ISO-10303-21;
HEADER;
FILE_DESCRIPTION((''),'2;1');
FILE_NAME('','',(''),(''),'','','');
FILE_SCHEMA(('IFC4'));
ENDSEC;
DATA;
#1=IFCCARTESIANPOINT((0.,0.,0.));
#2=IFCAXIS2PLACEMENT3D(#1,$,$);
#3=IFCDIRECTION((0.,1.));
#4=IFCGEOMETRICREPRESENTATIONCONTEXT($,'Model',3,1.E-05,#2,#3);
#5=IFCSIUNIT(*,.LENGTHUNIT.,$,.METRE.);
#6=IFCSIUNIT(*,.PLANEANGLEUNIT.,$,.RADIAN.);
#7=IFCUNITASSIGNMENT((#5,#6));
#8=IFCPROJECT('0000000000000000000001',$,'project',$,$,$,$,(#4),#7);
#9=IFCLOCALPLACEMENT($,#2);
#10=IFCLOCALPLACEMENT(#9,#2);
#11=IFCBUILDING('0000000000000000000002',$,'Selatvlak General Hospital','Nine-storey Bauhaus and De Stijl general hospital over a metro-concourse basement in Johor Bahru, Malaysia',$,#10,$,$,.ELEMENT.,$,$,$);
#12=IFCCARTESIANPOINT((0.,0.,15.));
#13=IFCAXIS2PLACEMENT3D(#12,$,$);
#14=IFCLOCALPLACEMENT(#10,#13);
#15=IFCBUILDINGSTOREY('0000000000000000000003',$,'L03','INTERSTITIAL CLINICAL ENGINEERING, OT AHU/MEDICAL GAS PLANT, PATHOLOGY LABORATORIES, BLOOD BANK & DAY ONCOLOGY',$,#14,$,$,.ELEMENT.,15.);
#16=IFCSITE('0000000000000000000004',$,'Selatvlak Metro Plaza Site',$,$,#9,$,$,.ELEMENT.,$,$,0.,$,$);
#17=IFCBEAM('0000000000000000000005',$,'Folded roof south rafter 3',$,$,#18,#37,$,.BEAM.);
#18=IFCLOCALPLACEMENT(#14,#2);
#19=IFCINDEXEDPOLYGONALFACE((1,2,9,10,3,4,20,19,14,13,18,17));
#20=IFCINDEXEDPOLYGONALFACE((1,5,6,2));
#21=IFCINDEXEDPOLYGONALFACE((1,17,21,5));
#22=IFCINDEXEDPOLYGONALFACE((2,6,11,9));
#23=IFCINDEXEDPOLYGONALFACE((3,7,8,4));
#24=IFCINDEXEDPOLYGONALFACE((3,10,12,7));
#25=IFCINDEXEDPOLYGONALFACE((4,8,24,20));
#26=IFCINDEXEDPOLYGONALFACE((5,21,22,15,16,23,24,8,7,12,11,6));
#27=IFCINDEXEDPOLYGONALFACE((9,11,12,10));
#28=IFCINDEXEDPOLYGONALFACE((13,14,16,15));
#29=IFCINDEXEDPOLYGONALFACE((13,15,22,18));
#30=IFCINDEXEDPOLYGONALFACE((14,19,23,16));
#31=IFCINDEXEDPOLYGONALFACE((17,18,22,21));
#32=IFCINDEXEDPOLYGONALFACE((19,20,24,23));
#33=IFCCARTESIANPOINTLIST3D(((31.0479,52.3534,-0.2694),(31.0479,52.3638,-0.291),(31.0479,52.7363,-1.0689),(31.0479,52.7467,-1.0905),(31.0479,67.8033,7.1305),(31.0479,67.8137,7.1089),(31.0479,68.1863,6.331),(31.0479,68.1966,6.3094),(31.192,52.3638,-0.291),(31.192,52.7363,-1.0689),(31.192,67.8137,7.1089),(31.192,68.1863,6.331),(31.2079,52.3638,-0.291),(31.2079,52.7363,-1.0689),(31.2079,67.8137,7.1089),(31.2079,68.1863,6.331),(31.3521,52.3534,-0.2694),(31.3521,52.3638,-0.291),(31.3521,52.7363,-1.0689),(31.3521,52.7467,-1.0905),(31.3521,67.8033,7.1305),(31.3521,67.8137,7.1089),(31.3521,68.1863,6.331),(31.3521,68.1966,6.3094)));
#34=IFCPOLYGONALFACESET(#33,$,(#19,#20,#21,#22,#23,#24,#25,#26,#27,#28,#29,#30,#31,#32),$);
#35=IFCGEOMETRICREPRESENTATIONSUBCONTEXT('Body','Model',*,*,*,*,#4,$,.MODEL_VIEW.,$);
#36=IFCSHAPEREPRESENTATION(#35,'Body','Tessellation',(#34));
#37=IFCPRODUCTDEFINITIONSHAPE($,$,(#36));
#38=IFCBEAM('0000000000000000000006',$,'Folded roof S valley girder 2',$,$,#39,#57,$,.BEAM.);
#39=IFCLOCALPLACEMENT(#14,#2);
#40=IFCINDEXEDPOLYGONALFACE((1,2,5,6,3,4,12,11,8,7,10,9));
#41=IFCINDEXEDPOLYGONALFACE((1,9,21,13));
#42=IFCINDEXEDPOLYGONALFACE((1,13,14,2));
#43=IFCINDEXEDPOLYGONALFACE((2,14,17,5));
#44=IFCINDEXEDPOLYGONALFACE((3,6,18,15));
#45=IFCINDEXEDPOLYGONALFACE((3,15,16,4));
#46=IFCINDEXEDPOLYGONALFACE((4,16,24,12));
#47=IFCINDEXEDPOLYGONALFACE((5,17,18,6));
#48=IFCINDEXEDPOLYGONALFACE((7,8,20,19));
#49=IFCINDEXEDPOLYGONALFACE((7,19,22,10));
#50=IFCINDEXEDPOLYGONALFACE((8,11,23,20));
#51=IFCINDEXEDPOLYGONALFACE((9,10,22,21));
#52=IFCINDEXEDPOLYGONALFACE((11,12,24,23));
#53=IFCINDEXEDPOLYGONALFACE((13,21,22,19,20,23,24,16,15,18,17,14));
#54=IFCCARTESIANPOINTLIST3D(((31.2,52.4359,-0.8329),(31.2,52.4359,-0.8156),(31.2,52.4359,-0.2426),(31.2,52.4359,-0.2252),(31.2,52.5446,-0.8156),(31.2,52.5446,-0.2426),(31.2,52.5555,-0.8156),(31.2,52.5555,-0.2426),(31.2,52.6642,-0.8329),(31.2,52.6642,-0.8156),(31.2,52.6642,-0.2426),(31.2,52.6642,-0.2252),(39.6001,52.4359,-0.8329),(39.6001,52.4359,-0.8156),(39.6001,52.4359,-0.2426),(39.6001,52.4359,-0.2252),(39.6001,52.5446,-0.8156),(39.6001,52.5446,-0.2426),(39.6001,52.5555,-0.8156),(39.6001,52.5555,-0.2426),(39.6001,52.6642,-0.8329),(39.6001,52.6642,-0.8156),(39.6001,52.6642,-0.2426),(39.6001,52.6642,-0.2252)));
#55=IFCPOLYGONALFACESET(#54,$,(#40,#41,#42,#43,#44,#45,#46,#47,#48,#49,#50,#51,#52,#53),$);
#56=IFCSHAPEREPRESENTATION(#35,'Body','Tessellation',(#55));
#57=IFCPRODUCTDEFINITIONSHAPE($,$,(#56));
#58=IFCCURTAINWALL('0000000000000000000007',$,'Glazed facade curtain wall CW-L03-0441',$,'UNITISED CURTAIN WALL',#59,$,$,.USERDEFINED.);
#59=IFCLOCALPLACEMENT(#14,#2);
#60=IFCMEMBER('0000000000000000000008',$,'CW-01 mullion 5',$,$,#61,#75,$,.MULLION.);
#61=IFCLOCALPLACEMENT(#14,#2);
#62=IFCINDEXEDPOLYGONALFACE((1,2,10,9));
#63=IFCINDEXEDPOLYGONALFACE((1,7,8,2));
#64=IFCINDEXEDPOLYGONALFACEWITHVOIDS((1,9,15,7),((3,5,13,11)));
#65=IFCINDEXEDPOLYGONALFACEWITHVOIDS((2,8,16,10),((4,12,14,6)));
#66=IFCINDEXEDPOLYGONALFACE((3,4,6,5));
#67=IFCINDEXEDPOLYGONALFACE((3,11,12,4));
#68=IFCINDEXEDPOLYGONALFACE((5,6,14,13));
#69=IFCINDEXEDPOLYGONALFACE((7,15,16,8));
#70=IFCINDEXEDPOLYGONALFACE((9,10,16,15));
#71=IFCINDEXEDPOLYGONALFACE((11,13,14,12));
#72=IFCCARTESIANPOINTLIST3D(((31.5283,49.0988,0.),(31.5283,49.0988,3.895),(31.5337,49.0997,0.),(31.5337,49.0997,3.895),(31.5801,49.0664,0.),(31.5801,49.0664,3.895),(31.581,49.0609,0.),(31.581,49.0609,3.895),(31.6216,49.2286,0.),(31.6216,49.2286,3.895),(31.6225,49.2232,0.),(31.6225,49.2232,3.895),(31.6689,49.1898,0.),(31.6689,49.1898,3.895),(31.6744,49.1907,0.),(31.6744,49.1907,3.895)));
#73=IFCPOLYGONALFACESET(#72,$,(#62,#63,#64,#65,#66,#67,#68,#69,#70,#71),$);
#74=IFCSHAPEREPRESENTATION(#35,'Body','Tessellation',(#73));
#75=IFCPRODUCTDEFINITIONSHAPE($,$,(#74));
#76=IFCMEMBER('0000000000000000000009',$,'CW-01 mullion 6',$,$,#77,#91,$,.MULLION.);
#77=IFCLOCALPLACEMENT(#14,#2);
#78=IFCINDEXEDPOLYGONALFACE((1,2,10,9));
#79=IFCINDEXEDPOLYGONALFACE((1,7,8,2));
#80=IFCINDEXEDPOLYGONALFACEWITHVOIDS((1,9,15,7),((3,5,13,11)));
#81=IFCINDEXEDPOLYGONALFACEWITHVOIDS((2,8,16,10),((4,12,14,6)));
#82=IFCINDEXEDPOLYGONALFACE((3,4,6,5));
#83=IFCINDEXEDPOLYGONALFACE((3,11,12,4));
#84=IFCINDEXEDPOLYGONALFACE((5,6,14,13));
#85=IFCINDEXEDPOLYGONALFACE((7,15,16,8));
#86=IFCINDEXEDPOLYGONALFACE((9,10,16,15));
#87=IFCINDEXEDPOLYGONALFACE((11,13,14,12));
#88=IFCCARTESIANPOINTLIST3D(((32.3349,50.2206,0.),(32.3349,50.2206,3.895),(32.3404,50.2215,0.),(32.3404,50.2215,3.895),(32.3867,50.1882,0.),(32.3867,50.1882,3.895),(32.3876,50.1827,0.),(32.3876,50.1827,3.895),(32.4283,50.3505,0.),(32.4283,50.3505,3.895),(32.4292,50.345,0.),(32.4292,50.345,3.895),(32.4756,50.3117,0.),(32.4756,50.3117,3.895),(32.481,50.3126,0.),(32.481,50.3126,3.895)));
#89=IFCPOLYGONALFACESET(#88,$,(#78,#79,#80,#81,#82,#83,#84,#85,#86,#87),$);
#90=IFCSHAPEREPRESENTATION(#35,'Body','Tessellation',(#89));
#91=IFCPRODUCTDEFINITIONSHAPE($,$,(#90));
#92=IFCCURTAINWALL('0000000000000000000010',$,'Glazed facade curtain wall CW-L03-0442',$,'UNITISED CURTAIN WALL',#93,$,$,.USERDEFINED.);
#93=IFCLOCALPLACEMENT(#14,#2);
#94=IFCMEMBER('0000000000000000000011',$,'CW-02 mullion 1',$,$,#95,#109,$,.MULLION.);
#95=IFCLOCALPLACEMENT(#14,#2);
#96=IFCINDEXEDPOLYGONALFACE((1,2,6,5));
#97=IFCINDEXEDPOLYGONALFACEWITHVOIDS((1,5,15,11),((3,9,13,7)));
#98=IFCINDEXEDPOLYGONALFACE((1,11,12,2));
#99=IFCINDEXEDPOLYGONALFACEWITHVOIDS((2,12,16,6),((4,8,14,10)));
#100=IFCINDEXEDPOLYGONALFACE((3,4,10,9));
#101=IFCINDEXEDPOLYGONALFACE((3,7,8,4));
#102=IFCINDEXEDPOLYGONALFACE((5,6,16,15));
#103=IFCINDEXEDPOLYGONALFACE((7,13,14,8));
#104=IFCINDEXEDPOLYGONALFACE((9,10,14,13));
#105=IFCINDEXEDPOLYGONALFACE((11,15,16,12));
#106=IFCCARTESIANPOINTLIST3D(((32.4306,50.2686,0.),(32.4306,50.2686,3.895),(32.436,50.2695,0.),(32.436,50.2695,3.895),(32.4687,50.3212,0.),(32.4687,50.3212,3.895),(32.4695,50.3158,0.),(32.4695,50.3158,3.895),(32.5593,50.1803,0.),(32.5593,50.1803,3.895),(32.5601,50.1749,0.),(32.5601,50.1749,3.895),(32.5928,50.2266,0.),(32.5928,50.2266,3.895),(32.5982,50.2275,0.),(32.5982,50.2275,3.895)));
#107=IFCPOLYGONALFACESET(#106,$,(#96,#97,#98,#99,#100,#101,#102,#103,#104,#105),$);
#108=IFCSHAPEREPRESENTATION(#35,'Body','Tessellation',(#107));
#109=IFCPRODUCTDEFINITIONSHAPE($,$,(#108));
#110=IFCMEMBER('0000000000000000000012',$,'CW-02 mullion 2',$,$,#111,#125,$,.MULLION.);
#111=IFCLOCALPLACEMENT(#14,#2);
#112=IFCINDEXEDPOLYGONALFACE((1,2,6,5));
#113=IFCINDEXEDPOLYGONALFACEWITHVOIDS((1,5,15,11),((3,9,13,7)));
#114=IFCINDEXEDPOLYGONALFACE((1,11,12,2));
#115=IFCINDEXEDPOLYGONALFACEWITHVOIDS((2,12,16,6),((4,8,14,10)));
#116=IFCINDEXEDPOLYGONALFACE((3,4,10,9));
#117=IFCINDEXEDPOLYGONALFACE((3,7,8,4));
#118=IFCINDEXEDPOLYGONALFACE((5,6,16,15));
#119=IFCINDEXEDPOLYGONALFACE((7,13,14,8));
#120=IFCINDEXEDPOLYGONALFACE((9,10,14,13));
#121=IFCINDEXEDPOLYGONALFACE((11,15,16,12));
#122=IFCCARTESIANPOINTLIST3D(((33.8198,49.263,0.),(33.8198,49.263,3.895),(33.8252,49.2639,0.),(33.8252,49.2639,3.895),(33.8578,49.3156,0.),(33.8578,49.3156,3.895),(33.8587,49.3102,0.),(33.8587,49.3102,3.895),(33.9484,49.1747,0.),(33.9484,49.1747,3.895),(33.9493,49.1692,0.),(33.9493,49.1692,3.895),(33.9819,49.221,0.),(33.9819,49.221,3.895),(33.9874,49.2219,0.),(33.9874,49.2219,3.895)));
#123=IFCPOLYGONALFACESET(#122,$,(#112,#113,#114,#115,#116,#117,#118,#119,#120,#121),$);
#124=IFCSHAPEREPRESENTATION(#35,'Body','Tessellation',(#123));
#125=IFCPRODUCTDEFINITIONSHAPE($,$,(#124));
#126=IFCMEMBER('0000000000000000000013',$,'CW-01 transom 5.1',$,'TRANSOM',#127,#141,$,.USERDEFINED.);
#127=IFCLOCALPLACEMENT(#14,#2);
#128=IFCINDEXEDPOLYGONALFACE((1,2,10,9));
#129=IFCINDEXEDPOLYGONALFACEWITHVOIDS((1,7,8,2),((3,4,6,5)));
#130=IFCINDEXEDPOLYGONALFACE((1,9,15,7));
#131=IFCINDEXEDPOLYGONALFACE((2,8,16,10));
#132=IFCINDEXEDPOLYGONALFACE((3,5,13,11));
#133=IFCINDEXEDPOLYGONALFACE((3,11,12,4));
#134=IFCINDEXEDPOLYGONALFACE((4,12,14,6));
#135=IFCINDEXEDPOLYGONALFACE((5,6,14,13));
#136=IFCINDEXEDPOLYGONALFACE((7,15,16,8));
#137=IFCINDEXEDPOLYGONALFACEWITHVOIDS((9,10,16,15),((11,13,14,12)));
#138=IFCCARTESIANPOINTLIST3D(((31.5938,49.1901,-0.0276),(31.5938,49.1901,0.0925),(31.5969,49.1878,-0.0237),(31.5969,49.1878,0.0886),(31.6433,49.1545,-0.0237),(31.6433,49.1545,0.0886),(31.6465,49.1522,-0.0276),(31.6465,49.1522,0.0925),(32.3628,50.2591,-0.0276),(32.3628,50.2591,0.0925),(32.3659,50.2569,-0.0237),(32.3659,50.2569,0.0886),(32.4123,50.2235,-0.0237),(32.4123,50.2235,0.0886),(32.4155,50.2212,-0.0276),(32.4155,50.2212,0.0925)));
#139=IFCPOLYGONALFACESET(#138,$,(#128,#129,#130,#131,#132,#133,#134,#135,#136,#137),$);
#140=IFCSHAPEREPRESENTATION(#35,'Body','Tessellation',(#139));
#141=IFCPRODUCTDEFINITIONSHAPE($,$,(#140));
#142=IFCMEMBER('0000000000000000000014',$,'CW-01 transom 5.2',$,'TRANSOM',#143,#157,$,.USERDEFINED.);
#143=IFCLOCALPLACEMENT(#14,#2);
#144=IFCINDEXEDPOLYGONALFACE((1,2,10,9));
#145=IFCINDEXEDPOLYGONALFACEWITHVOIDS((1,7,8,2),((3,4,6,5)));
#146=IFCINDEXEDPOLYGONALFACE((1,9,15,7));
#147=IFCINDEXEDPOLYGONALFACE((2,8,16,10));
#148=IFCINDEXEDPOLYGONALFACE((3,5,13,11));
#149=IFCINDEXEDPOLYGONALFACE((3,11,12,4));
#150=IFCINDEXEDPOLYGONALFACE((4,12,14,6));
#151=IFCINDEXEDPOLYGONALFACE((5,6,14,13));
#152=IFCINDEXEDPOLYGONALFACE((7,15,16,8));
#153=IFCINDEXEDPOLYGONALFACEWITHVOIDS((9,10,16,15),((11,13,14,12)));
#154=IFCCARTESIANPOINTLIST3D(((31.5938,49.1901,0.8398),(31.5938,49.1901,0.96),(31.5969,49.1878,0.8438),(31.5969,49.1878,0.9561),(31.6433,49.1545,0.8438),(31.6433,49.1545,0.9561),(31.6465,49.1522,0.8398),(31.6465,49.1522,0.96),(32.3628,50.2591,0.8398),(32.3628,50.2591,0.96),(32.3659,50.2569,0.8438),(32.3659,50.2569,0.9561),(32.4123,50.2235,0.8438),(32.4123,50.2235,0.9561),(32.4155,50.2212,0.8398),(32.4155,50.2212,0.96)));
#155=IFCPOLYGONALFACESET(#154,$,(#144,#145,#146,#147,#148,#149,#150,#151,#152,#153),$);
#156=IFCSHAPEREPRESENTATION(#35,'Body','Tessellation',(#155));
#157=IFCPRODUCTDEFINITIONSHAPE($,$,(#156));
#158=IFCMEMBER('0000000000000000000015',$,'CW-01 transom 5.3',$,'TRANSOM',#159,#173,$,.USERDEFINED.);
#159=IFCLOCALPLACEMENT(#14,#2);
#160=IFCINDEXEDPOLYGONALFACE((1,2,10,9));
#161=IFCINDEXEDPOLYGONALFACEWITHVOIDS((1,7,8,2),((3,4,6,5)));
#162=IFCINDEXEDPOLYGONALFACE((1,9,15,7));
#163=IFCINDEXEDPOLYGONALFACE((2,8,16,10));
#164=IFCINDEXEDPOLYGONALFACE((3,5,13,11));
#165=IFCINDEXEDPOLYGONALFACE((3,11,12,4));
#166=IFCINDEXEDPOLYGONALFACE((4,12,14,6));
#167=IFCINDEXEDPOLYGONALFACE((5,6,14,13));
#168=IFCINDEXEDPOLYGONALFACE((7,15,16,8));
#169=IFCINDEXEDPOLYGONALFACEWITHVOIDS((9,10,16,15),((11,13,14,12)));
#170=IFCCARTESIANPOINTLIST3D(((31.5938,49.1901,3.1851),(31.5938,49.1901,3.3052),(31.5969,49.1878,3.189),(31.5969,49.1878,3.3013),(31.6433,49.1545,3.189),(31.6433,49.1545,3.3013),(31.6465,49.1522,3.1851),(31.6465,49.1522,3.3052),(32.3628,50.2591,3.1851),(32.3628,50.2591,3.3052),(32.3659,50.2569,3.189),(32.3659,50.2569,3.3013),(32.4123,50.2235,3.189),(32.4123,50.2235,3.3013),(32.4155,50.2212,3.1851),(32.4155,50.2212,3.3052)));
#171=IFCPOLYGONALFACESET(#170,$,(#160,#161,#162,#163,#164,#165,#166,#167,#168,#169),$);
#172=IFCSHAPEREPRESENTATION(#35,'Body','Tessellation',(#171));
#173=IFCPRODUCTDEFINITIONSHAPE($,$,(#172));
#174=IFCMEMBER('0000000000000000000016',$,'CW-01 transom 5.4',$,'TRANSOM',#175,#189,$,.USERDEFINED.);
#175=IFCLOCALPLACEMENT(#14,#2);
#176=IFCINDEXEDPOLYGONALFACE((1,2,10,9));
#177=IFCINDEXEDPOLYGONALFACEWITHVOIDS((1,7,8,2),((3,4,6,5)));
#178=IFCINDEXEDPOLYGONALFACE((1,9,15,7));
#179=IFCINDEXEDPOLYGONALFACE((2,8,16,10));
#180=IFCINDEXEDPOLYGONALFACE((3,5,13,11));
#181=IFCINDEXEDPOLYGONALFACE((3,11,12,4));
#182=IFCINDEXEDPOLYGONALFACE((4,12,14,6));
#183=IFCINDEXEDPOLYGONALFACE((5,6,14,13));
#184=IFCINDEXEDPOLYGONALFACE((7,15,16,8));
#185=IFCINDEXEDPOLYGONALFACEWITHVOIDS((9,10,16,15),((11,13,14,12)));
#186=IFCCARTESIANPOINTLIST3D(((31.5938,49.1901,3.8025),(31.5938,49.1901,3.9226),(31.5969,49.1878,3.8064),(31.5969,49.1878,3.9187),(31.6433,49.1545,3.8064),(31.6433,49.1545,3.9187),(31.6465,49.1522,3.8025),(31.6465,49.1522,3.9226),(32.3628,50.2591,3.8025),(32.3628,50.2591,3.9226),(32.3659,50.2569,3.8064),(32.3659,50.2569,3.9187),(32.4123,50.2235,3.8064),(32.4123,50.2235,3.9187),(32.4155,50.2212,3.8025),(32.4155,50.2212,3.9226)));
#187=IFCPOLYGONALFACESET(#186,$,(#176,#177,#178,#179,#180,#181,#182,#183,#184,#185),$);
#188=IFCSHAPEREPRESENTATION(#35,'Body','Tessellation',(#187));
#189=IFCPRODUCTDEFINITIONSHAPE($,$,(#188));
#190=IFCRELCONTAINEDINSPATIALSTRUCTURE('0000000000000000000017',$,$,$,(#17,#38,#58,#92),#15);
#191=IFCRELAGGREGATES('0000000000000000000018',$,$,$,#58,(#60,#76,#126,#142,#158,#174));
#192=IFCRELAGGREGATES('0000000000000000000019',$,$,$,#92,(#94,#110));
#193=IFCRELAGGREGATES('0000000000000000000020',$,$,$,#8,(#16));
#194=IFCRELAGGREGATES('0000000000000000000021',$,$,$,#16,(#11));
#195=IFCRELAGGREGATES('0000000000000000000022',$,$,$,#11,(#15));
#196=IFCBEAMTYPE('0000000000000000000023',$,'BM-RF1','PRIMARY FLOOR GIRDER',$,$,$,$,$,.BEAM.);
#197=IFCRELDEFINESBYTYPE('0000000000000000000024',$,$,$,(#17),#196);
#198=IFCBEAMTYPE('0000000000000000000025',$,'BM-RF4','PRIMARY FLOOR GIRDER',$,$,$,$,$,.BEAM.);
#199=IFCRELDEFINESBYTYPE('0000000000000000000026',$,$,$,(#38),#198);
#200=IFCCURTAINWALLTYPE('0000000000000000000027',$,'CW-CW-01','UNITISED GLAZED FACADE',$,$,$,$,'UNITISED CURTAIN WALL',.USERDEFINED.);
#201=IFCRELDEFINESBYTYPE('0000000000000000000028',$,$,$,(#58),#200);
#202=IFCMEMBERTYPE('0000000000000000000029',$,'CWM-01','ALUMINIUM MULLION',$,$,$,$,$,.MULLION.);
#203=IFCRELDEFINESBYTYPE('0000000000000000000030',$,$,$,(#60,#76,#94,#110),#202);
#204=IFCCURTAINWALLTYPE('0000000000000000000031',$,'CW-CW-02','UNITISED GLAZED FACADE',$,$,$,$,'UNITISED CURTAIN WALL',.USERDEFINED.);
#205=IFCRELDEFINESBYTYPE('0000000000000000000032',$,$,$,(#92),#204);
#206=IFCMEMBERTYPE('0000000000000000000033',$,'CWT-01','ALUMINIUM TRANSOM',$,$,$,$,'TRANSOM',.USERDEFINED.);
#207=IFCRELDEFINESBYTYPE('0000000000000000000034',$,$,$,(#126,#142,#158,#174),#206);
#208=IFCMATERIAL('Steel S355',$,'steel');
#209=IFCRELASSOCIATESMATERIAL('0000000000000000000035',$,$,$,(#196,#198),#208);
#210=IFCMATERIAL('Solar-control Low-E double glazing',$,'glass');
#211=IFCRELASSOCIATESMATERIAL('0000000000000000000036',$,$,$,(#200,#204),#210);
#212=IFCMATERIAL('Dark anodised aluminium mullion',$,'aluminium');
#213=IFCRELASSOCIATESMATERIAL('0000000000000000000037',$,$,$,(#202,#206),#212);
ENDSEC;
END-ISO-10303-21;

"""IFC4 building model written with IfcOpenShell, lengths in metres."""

from ifc_helpers import new_model, si_unit, direction, frame, origin, origin_2d, place, context, subcontext, project, spatial, hollow_rectangle, i_section, extrude, material, material_profile, profile_set, type_object, element, aggregate, save


model = new_model("IFC4")

# Units and contexts
model_context = context("Model", 3, precision=1e-05, world=origin(), true_north=direction((0.0, 1.0)))
body_context = subcontext(model_context, "Body", "Model", "MODEL_VIEW")
ifc_project = project(units=[si_unit("LENGTHUNIT", "METRE"), si_unit("PLANEANGLEUNIT", "RADIAN")], contexts=[model_context])

# Site, building, storey
site_placement = place(None, origin())
site = spatial("IfcSite", under=ifc_project, at=site_placement, Name="Selatvlak Metro Plaza Site", CompositionType="ELEMENT", RefElevation=0.0)
building_placement = place(site_placement, origin())
building = spatial("IfcBuilding", under=site, at=building_placement, Name="Selatvlak General Hospital", Description="Nine-storey Bauhaus and De Stijl general hospital over a metro-concourse basement in Johor Bahru, Malaysia", CompositionType="ELEMENT")
storey_placement = place(building_placement, frame((0.0, 0.0, 15.0)))
storey = spatial("IfcBuildingStorey", under=building, at=storey_placement, Name="L03", Description="INTERSTITIAL CLINICAL ENGINEERING, OT AHU/MEDICAL GAS PLANT, PATHOLOGY LABORATORIES, BLOOD BANK & DAY ONCOLOGY", CompositionType="ELEMENT", Elevation=15.0)

# Beams
ifc_material_1 = material(Name="Steel S355", Category="steel")
ifc_material_profile_1 = material_profile(ifc_material_1, i_section(OverallWidth=0.3042, OverallDepth=0.9104, WebThickness=0.0159, FlangeThickness=0.0239, at=origin_2d()), Name="UB 914x305x224")
ifc_profile_set_1 = profile_set([ifc_material_profile_1], Name="Steel S355")
beam_type_1 = type_object("IfcBeamType", Name="BM-RF1", Description="PRIMARY FLOOR GIRDER", PredefinedType="BEAM", material=ifc_profile_set_1)
beam_1_placement = place(storey_placement, frame((31.2, 52.55, -0.6799), z_axis=(0.0, 0.901889, 0.431968), x_axis=(-1.0, 0.0, 0.0)))
element("IfcBeam", 1, at=beam_1_placement, inside=storey, type_object=beam_type_1, Name="Folded roof south rafter 3", PredefinedType="BEAM", context=body_context, shape_type="SweptSolid", body=[
    extrude(i_section(OverallWidth=0.3042, OverallDepth=0.9104, WebThickness=0.0159, FlangeThickness=0.0239, at=origin_2d()), origin(), (0.0, 0.0, 1.0), 17.1306),
])
ifc_material_profile_2 = material_profile(ifc_material_1, i_section(OverallWidth=0.2283, OverallDepth=0.6077, WebThickness=0.011, FlangeThickness=0.0173, at=origin_2d()), Name="UB 610x229x113")
ifc_profile_set_2 = profile_set([ifc_material_profile_2], Name="Steel S355")
beam_type_2 = type_object("IfcBeamType", Name="BM-RF4", Description="PRIMARY FLOOR GIRDER", PredefinedType="BEAM", material=ifc_profile_set_2)
beam_2_placement = place(storey_placement, frame((31.2, 52.55, -0.5291), z_axis=(1.0, 0.0, 0.0), x_axis=(0.0, 1.0, 0.0)))
element("IfcBeam", 2, at=beam_2_placement, inside=storey, type_object=beam_type_2, Name="Folded roof S valley girder 2", PredefinedType="BEAM", context=body_context, shape_type="SweptSolid", body=[
    extrude(i_section(OverallWidth=0.2283, OverallDepth=0.6077, WebThickness=0.011, FlangeThickness=0.0173, at=origin_2d()), origin(), (0.0, 0.0, 1.0), 8.4001),
])

# Curtain walls, members
ifc_material_2 = material(Name="Solar-control Low-E double glazing", Category="glass")
curtain_wall_type_1 = type_object("IfcCurtainWallType", Name="CW-CW-01", Description="UNITISED GLAZED FACADE", ElementType="UNITISED CURTAIN WALL", PredefinedType="USERDEFINED", material=ifc_material_2)
curtain_wall_1_placement = place(storey_placement, origin())
curtain_wall_1 = element("IfcCurtainWall", 3, at=curtain_wall_1_placement, inside=storey, type_object=curtain_wall_type_1, Name="Glazed facade curtain wall CW-L03-0441", ObjectType="UNITISED CURTAIN WALL", PredefinedType="USERDEFINED")
ifc_material_3 = material(Name="Dark anodised aluminium mullion", Category="aluminium")
ifc_material_profile_3 = material_profile(ifc_material_3, hollow_rectangle(XDim=0.0649, YDim=0.1599, WallThickness=0.0039, at=origin_2d()), Name="AL-MUL 65x160x4")
ifc_profile_set_3 = profile_set([ifc_material_profile_3], Name="Dark anodised aluminium mullion")
member_type_1 = type_object("IfcMemberType", Name="CWM-01", Description="ALUMINIUM MULLION", PredefinedType="MULLION", material=ifc_profile_set_3)
member_1_placement = place(storey_placement, frame((31.6013, 49.1448, 0.0), z_axis=(0.0, 0.0, 1.0), x_axis=(-0.811837, 0.583884, 0.0)))
member_1 = element("IfcMember", 4, at=member_1_placement, type_object=member_type_1, Name="CW-01 mullion 5", PredefinedType="MULLION", context=body_context, shape_type="SweptSolid", body=[
    extrude(hollow_rectangle(XDim=0.0649, YDim=0.1599, WallThickness=0.0039, at=origin_2d()), origin(), (0.0, 0.0, 1.0), 3.895),
])
member_2_placement = place(storey_placement, frame((32.408, 50.2666, 0.0), z_axis=(0.0, 0.0, 1.0), x_axis=(-0.811837, 0.583884, 0.0)))
member_2 = element("IfcMember", 5, at=member_2_placement, type_object=member_type_1, Name="CW-01 mullion 6", PredefinedType="MULLION", context=body_context, shape_type="SweptSolid", body=[
    extrude(hollow_rectangle(XDim=0.0649, YDim=0.1599, WallThickness=0.0039, at=origin_2d()), origin(), (0.0, 0.0, 1.0), 3.895),
])
curtain_wall_type_2 = type_object("IfcCurtainWallType", Name="CW-CW-02", Description="UNITISED GLAZED FACADE", ElementType="UNITISED CURTAIN WALL", PredefinedType="USERDEFINED", material=ifc_material_2)
curtain_wall_2_placement = place(storey_placement, origin())
curtain_wall_2 = element("IfcCurtainWall", 6, at=curtain_wall_2_placement, inside=storey, type_object=curtain_wall_type_2, Name="Glazed facade curtain wall CW-L03-0442", ObjectType="UNITISED CURTAIN WALL", PredefinedType="USERDEFINED")
member_3_placement = place(storey_placement, frame((32.5144, 50.248, 0.0), z_axis=(0.0, 0.0, 1.0), x_axis=(0.586316, 0.810083, 0.0)))
member_3 = element("IfcMember", 7, at=member_3_placement, type_object=member_type_1, Name="CW-02 mullion 1", PredefinedType="MULLION", context=body_context, shape_type="SweptSolid", body=[
    extrude(hollow_rectangle(XDim=0.0649, YDim=0.1599, WallThickness=0.0039, at=origin_2d()), origin(), (0.0, 0.0, 1.0), 3.895),
])
member_4_placement = place(storey_placement, frame((33.9036, 49.2424, 0.0), z_axis=(0.0, 0.0, 1.0), x_axis=(0.586316, 0.810083, 0.0)))
member_4 = element("IfcMember", 8, at=member_4_placement, type_object=member_type_1, Name="CW-02 mullion 2", PredefinedType="MULLION", context=body_context, shape_type="SweptSolid", body=[
    extrude(hollow_rectangle(XDim=0.0649, YDim=0.1599, WallThickness=0.0039, at=origin_2d()), origin(), (0.0, 0.0, 1.0), 3.895),
])

# Members
ifc_material_profile_4 = material_profile(ifc_material_3, hollow_rectangle(XDim=0.0649, YDim=0.1201, WallThickness=0.0039, at=origin_2d()), Name="AL-TRN 65x120x4")
ifc_profile_set_4 = profile_set([ifc_material_profile_4], Name="Dark anodised aluminium mullion")
member_type_2 = type_object("IfcMemberType", Name="CWT-01", Description="ALUMINIUM TRANSOM", ElementType="TRANSOM", PredefinedType="USERDEFINED", material=ifc_profile_set_4)
member_5_placement = place(storey_placement, frame((31.6201, 49.1711, 0.0325), z_axis=(0.583953, 0.811787, 0.0), x_axis=(-0.811787, 0.583953, 0.0)))
member_5 = element("IfcMember", 9, at=member_5_placement, type_object=member_type_2, Name="CW-01 transom 5.1", ObjectType="TRANSOM", PredefinedType="USERDEFINED", context=body_context, shape_type="SweptSolid", body=[
    extrude(hollow_rectangle(XDim=0.0649, YDim=0.1201, WallThickness=0.0039, at=origin_2d()), origin(), (0.0, 0.0, 1.0), 1.3169),
])
member_6_placement = place(storey_placement, frame((31.6201, 49.1711, 0.8999), z_axis=(0.583953, 0.811787, 0.0), x_axis=(-0.811787, 0.583953, 0.0)))
member_6 = element("IfcMember", 10, at=member_6_placement, type_object=member_type_2, Name="CW-01 transom 5.2", ObjectType="TRANSOM", PredefinedType="USERDEFINED", context=body_context, shape_type="SweptSolid", body=[
    extrude(hollow_rectangle(XDim=0.0649, YDim=0.1201, WallThickness=0.0039, at=origin_2d()), origin(), (0.0, 0.0, 1.0), 1.3169),
])
member_7_placement = place(storey_placement, frame((31.6201, 49.1711, 3.2451), z_axis=(0.583953, 0.811787, 0.0), x_axis=(-0.811787, 0.583953, 0.0)))
member_7 = element("IfcMember", 11, at=member_7_placement, type_object=member_type_2, Name="CW-01 transom 5.3", ObjectType="TRANSOM", PredefinedType="USERDEFINED", context=body_context, shape_type="SweptSolid", body=[
    extrude(hollow_rectangle(XDim=0.0649, YDim=0.1201, WallThickness=0.0039, at=origin_2d()), origin(), (0.0, 0.0, 1.0), 1.3169),
])
member_8_placement = place(storey_placement, frame((31.6201, 49.1711, 3.8625), z_axis=(0.583953, 0.811787, 0.0), x_axis=(-0.811787, 0.583953, 0.0)))
member_8 = element("IfcMember", 12, at=member_8_placement, type_object=member_type_2, Name="CW-01 transom 5.4", ObjectType="TRANSOM", PredefinedType="USERDEFINED", context=body_context, shape_type="SweptSolid", body=[
    extrude(hollow_rectangle(XDim=0.0649, YDim=0.1201, WallThickness=0.0039, at=origin_2d()), origin(), (0.0, 0.0, 1.0), 1.3169),
])

aggregate(curtain_wall_1, [member_1, member_2, member_5, member_6, member_7, member_8])
aggregate(curtain_wall_2, [member_3, member_4])

save(model, "model.ifc")
